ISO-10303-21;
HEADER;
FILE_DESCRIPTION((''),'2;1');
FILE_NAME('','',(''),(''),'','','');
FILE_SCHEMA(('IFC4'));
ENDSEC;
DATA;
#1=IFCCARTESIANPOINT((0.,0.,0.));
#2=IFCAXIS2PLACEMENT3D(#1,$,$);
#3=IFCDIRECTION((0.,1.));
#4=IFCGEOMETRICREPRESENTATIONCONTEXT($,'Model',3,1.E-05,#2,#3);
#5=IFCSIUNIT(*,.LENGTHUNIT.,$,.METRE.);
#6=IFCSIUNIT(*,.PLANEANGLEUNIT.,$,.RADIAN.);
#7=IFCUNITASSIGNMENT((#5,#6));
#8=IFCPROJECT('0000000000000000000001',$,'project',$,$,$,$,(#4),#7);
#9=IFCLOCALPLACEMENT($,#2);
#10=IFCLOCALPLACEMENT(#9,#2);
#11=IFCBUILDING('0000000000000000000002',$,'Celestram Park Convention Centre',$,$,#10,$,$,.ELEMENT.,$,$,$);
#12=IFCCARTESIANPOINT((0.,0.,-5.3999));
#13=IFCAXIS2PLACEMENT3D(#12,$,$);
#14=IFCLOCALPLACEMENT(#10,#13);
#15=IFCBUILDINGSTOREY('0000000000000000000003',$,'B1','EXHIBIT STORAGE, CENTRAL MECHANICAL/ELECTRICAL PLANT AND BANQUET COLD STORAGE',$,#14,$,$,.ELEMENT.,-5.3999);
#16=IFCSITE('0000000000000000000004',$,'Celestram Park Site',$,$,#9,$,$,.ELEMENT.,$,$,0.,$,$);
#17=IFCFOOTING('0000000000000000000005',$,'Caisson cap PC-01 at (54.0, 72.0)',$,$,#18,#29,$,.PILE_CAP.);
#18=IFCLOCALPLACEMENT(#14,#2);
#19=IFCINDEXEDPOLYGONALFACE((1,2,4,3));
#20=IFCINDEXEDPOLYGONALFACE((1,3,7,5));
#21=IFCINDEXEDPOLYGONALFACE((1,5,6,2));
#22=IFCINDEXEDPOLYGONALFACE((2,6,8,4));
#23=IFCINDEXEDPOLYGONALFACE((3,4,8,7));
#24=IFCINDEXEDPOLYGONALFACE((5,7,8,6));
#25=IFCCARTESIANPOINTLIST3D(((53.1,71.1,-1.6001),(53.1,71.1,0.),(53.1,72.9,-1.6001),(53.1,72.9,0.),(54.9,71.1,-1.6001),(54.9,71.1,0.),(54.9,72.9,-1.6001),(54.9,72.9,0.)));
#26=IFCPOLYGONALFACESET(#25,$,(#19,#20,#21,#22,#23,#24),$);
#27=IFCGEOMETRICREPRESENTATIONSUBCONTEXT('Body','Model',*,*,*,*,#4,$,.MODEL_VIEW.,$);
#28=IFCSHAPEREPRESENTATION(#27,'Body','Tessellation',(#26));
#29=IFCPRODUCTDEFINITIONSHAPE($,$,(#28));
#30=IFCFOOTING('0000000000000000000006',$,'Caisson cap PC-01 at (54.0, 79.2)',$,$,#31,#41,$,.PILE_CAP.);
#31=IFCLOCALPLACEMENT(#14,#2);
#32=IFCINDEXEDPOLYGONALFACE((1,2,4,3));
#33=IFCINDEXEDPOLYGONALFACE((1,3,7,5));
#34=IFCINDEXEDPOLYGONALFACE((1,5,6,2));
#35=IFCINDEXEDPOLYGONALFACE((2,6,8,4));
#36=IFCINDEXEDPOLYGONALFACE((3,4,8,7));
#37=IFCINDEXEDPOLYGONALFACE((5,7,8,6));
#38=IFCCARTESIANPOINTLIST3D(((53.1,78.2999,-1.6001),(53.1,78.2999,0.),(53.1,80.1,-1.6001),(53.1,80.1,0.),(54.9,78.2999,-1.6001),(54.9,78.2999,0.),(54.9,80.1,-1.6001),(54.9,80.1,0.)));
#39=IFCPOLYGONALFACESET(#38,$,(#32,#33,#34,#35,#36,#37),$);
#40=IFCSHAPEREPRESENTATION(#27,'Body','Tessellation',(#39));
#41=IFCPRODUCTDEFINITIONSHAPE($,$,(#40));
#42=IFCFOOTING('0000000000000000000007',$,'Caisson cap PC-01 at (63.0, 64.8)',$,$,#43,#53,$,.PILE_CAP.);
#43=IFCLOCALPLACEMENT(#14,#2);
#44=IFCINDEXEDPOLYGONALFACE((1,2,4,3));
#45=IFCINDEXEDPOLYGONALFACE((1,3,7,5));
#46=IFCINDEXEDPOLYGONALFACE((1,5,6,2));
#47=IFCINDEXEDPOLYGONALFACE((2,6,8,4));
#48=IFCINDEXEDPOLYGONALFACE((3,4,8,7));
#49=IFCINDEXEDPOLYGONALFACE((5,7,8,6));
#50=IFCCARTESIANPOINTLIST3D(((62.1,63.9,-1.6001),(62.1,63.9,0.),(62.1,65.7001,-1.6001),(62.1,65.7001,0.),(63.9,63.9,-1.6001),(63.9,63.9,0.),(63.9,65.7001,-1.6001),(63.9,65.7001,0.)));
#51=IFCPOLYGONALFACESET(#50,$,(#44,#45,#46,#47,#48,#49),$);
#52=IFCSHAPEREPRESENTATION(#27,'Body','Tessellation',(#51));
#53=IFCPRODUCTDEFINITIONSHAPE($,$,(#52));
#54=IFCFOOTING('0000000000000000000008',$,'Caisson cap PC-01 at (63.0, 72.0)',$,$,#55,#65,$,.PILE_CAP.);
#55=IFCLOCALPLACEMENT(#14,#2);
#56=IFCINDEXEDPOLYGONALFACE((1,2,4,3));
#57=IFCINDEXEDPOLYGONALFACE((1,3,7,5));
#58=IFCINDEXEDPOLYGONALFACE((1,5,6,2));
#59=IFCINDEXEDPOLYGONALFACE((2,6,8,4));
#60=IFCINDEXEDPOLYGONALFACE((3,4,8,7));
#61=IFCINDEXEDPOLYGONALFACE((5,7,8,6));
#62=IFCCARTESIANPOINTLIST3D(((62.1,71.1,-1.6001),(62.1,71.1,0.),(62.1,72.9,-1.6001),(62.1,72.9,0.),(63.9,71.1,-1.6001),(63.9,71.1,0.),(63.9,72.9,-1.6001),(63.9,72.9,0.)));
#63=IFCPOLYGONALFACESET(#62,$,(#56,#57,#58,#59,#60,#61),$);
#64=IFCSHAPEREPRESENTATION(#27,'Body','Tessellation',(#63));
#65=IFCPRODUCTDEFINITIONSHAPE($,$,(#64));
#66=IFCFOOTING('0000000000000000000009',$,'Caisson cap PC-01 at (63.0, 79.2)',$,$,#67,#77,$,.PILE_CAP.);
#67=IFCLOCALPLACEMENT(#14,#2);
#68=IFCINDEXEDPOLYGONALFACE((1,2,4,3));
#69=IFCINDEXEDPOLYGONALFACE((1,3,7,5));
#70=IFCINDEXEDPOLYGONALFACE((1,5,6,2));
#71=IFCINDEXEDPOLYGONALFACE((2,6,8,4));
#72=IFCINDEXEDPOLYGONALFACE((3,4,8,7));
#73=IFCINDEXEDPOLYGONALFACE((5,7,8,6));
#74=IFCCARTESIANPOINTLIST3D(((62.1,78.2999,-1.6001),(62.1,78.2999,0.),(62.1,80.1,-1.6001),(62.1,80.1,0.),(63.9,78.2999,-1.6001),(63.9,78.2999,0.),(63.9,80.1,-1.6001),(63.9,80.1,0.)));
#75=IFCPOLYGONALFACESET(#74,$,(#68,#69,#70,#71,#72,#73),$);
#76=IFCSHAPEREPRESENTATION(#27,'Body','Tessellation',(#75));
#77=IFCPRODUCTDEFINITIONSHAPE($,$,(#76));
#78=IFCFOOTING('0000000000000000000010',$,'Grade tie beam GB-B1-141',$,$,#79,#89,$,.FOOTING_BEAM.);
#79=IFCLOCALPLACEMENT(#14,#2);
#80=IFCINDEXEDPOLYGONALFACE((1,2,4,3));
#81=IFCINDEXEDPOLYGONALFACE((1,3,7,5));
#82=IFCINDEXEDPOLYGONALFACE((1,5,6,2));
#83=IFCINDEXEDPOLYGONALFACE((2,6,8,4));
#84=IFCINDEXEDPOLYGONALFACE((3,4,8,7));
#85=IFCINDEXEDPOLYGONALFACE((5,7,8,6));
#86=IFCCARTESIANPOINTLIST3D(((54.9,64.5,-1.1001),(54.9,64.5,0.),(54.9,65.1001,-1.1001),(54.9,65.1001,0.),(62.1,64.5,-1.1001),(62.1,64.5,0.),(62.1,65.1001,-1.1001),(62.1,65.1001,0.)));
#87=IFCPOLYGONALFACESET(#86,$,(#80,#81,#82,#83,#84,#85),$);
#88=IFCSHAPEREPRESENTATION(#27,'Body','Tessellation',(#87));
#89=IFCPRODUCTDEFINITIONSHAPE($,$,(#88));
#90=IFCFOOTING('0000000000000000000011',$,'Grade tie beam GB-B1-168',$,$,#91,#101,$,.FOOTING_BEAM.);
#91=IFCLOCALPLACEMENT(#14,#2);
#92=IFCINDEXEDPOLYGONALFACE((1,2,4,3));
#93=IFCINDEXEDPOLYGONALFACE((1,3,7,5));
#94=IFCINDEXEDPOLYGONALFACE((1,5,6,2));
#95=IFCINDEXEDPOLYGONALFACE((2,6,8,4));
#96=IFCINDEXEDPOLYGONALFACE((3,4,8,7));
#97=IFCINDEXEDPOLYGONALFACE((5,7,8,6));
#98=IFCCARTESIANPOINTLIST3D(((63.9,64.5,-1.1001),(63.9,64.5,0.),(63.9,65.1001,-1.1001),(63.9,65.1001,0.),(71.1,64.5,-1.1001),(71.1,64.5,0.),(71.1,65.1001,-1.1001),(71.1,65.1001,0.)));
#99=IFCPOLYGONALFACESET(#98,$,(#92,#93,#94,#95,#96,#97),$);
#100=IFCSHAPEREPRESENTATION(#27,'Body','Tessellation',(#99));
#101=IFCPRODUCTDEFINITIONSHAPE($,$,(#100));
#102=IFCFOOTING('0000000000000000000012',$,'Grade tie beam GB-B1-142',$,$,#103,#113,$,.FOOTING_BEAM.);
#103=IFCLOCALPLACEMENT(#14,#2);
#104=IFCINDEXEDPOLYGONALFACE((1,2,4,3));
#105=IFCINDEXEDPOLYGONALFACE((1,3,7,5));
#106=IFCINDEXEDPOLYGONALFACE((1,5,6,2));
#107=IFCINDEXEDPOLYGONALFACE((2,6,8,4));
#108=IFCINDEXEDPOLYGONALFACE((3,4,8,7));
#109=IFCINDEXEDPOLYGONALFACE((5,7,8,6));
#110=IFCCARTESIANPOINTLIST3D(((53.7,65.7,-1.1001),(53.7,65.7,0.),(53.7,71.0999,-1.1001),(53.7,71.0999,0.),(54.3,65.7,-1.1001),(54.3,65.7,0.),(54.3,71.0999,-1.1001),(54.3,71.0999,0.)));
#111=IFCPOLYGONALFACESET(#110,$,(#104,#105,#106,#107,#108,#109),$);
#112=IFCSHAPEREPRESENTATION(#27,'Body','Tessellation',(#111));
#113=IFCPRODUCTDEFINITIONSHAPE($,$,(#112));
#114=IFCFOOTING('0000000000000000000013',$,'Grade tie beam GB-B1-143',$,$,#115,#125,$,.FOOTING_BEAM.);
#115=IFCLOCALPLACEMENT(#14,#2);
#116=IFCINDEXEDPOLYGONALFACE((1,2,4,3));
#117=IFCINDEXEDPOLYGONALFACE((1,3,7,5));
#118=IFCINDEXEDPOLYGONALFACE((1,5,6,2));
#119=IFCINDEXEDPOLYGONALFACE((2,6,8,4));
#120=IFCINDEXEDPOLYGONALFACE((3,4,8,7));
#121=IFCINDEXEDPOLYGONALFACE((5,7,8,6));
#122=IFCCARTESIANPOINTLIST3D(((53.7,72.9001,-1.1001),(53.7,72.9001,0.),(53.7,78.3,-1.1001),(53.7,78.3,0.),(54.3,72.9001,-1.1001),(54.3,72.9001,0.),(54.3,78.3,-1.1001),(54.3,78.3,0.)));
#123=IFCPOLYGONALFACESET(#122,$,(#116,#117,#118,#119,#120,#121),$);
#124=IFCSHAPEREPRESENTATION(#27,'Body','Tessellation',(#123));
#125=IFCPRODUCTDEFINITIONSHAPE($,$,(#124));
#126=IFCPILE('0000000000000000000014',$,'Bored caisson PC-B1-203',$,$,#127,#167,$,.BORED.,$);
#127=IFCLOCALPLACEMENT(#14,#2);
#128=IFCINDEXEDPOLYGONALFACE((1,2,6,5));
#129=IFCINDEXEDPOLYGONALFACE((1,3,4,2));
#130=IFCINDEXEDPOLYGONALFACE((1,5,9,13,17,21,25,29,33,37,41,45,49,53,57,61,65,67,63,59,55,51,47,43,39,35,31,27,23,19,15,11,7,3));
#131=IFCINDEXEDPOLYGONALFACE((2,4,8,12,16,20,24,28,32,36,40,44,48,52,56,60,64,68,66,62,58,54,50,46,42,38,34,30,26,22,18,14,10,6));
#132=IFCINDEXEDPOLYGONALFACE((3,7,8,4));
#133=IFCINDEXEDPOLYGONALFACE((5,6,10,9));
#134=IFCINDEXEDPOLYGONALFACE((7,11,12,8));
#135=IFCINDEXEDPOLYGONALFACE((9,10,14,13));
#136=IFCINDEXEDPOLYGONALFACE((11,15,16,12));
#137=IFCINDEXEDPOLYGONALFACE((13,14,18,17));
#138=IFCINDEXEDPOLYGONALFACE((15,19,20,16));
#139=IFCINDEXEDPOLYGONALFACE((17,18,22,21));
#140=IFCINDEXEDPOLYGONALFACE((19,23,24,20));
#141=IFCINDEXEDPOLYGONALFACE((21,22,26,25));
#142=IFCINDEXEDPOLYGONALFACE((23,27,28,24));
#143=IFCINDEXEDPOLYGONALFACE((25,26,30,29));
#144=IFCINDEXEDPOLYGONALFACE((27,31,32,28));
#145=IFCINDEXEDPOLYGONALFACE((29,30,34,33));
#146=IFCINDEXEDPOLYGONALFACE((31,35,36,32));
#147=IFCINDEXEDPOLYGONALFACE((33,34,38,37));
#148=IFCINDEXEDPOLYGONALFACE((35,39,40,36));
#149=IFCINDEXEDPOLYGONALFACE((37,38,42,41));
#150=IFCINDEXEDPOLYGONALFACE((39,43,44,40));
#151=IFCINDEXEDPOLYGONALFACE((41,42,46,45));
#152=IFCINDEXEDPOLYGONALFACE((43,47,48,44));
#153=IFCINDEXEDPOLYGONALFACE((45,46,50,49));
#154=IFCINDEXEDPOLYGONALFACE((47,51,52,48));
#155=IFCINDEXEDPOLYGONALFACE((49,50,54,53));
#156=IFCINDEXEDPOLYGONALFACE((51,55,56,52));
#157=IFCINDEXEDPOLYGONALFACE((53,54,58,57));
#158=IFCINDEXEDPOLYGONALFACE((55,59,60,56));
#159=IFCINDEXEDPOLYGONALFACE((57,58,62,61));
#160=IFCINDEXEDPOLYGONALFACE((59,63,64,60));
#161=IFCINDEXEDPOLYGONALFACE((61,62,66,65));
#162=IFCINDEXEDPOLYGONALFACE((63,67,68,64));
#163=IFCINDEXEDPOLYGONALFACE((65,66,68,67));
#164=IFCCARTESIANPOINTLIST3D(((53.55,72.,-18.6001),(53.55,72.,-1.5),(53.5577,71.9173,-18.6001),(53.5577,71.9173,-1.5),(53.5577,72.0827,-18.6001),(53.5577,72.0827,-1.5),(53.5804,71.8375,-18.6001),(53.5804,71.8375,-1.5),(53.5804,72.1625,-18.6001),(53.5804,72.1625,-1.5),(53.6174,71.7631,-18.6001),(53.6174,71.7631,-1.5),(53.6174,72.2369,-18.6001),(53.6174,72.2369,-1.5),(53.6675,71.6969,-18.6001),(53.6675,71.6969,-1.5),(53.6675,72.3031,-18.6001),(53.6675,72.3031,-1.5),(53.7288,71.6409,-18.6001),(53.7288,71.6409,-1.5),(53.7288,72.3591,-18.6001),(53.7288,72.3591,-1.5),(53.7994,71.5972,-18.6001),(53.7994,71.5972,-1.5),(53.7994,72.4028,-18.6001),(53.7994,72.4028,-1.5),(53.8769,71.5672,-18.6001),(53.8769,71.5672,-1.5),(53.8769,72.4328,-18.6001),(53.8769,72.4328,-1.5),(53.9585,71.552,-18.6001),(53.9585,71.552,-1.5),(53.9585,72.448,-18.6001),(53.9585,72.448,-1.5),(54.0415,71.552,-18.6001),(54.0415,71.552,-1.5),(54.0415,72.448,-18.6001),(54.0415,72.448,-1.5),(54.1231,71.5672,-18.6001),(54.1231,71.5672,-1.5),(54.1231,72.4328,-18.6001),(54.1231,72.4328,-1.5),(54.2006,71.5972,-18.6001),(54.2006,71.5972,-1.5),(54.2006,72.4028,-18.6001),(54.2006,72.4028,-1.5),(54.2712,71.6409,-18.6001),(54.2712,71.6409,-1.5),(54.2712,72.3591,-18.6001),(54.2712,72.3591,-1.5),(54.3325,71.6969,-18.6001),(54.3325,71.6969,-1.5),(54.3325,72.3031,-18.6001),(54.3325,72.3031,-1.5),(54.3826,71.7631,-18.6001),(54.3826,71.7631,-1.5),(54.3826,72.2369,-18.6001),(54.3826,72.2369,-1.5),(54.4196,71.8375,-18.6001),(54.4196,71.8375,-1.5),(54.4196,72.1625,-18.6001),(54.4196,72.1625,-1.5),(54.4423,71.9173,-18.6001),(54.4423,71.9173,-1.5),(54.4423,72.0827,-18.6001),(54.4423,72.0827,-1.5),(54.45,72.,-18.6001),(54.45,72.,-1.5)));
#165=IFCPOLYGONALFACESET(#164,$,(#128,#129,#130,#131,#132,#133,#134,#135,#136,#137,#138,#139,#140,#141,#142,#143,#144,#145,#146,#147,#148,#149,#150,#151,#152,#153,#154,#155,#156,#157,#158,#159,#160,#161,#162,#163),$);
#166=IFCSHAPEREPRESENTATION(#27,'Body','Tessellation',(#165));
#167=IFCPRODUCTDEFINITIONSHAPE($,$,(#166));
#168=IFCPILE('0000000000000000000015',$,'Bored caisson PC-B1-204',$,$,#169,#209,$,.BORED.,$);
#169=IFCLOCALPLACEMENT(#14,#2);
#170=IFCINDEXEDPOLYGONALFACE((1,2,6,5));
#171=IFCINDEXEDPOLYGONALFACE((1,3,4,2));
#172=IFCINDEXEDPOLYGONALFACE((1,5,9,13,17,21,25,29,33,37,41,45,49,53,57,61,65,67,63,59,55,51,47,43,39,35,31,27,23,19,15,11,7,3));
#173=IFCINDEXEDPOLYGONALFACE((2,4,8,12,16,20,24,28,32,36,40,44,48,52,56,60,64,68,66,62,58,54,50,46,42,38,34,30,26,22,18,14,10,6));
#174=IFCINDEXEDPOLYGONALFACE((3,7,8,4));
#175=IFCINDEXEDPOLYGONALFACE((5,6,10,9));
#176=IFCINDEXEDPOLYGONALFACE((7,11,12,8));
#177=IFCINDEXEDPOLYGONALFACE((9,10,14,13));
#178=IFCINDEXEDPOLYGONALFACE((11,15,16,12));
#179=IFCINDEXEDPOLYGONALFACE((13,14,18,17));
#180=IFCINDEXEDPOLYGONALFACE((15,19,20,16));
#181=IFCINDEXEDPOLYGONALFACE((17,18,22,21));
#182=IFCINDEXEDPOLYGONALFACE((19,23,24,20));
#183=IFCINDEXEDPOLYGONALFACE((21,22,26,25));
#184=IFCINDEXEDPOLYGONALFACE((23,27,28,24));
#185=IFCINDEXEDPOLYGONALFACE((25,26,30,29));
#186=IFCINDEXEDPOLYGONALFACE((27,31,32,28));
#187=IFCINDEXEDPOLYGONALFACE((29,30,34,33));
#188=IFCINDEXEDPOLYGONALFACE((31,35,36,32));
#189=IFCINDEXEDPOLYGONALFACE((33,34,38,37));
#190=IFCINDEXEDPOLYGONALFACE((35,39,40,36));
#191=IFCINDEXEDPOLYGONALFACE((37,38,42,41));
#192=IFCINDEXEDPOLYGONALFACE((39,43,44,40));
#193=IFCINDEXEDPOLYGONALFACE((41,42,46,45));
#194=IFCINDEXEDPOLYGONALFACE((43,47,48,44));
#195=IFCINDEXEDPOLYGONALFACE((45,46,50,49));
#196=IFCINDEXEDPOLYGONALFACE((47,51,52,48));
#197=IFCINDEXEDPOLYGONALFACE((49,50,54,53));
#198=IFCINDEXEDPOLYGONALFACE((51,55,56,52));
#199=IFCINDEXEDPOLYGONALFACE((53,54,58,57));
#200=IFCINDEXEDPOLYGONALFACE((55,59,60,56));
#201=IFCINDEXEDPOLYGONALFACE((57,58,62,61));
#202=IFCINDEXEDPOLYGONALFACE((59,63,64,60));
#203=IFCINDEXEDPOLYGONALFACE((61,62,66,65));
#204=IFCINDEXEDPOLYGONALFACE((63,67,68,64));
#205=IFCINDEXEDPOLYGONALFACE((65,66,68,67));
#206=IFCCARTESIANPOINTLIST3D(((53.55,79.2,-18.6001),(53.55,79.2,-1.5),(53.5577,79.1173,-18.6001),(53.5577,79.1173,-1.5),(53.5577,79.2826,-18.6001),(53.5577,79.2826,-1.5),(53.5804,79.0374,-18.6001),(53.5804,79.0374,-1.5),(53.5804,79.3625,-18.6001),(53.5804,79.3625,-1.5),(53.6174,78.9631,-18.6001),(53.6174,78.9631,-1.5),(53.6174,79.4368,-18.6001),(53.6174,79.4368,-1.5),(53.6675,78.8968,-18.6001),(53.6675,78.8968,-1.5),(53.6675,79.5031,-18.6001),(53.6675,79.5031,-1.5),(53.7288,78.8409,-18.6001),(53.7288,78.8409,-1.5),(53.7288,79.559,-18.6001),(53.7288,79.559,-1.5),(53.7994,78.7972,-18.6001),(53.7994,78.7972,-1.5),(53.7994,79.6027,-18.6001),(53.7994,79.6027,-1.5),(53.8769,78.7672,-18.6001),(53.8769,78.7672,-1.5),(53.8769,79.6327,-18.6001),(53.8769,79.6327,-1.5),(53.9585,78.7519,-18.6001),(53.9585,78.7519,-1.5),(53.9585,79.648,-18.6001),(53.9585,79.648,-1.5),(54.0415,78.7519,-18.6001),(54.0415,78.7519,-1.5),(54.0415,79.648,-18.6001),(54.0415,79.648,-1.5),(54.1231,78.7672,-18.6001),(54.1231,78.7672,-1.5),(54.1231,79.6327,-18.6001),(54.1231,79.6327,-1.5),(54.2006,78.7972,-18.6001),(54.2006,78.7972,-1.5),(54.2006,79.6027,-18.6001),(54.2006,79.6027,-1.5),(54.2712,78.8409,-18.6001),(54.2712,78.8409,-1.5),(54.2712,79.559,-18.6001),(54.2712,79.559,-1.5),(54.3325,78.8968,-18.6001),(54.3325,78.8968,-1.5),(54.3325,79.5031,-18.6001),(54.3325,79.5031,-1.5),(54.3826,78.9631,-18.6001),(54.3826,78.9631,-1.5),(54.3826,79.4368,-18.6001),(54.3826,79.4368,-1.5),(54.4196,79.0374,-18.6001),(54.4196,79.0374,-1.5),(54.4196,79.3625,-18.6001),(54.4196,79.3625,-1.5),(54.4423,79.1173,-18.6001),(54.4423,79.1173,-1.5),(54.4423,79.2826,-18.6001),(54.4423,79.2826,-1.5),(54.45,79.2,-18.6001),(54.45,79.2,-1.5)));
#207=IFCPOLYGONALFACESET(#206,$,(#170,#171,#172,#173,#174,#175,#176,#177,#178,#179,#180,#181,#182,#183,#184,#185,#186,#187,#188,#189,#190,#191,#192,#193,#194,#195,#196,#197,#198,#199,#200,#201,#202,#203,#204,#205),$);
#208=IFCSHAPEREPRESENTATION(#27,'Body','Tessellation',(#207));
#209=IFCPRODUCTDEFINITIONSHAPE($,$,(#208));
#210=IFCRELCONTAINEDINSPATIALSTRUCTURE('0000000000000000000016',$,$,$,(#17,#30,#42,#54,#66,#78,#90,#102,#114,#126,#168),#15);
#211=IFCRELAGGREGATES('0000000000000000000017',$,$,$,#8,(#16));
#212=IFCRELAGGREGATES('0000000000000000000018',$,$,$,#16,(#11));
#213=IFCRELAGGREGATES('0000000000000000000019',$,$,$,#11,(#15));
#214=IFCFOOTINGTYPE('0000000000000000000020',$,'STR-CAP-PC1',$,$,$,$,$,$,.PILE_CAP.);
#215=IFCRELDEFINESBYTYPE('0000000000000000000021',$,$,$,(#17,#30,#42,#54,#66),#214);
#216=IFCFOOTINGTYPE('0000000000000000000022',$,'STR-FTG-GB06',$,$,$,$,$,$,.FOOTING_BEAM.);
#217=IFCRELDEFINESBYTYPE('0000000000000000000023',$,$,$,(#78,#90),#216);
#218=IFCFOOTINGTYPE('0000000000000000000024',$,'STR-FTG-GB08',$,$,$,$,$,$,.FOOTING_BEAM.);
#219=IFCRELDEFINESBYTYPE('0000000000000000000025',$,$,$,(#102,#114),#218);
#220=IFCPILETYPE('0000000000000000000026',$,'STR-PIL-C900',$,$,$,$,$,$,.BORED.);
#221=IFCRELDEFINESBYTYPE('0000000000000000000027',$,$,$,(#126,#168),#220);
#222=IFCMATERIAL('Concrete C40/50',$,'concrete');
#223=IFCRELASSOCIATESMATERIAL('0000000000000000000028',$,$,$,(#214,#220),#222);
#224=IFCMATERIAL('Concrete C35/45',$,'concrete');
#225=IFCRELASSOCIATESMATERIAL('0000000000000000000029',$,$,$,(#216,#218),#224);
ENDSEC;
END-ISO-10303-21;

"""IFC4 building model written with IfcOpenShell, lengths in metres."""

from ifc_helpers import new_model, si_unit, direction, frame, origin, origin_2d, place, context, subcontext, project, spatial, rectangle, circle, extrude, material, material_profile, profile_set, type_object, element, save


model = new_model("IFC4")

# Units and contexts
model_context = context("Model", 3, precision=1e-05, world=origin(), true_north=direction((0.0, 1.0)))
body_context = subcontext(model_context, "Body", "Model", "MODEL_VIEW")
ifc_project = project(units=[si_unit("LENGTHUNIT", "METRE"), si_unit("PLANEANGLEUNIT", "RADIAN")], contexts=[model_context])

# Site, building, storey
site_placement = place(None, origin())
site = spatial("IfcSite", under=ifc_project, at=site_placement, Name="Celestram Park Site", CompositionType="ELEMENT", RefElevation=0.0)
building_placement = place(site_placement, origin())
building = spatial("IfcBuilding", under=site, at=building_placement, Name="Celestram Park Convention Centre", CompositionType="ELEMENT")
storey_placement = place(building_placement, frame((0.0, 0.0, -5.3999)))
storey = spatial("IfcBuildingStorey", under=building, at=storey_placement, Name="B1", Description="EXHIBIT STORAGE, CENTRAL MECHANICAL/ELECTRICAL PLANT AND BANQUET COLD STORAGE", CompositionType="ELEMENT", Elevation=-5.3999)

# Footings
ifc_material_1 = material(Name="Concrete C40/50", Category="concrete")
footing_type_1 = type_object("IfcFootingType", Name="STR-CAP-PC1", PredefinedType="PILE_CAP", material=ifc_material_1)
for number, where, z_axis, x_axis, name in (
    (1, (54.0, 72.0, -1.6001), (0.0, 0.0, 1.0), (1.0, 0.0, 0.0), "Caisson cap PC-01 at (54.0, 72.0)"),
    (2, (54.0, 79.2, -1.6001), (0.0, 0.0, 1.0), (1.0, 0.0, 0.0), "Caisson cap PC-01 at (54.0, 79.2)"),
    (3, (63.0, 64.8, -1.6001), (0.0, 0.0, 1.0), (1.0, 0.0, 0.0), "Caisson cap PC-01 at (63.0, 64.8)"),
    (4, (63.0, 72.0, -1.6001), (0.0, 0.0, 1.0), (1.0, 0.0, 0.0), "Caisson cap PC-01 at (63.0, 72.0)"),
    (5, (63.0, 79.2, -1.6001), (0.0, 0.0, 1.0), (1.0, 0.0, 0.0), "Caisson cap PC-01 at (63.0, 79.2)"),
):
    element("IfcFooting", number, at=place(storey_placement, frame(where, z_axis=z_axis, x_axis=x_axis)), inside=storey, type_object=footing_type_1, Name=name, PredefinedType="PILE_CAP", context=body_context, shape_type="SweptSolid", body=[
        extrude(rectangle(XDim=1.8, YDim=1.8, at=origin_2d()), origin(), (0.0, 0.0, 1.0), 1.6001),
    ])
ifc_material_2 = material(Name="Concrete C35/45", Category="concrete")
footing_type_2 = type_object("IfcFootingType", Name="STR-FTG-GB06", PredefinedType="FOOTING_BEAM", material=ifc_material_2)
for number, where, z_axis, x_axis, name in (
    (6, (58.5, 64.8, -1.1001), (0.0, 0.0, 1.0), (1.0, 0.0, 0.0), "Grade tie beam GB-B1-141"),
    (7, (67.5, 64.8, -1.1001), (0.0, 0.0, 1.0), (1.0, 0.0, 0.0), "Grade tie beam GB-B1-168"),
):
    element("IfcFooting", number, at=place(storey_placement, frame(where, z_axis=z_axis, x_axis=x_axis)), inside=storey, type_object=footing_type_2, Name=name, PredefinedType="FOOTING_BEAM", context=body_context, shape_type="SweptSolid", body=[
        extrude(rectangle(XDim=7.2, YDim=0.6001, at=origin_2d()), origin(), (0.0, 0.0, 1.0), 1.1001),
    ])
footing_type_3 = type_object("IfcFootingType", Name="STR-FTG-GB08", PredefinedType="FOOTING_BEAM", material=ifc_material_2)
for number, where, z_axis, x_axis, name in (
    (8, (54.0, 68.3999, -1.1001), (0.0, 0.0, 1.0), (0.0, 1.0, 0.0), "Grade tie beam GB-B1-142"),
    (9, (54.0, 75.6001, -1.1001), (0.0, 0.0, 1.0), (0.0, 1.0, 0.0), "Grade tie beam GB-B1-143"),
):
    element("IfcFooting", number, at=place(storey_placement, frame(where, z_axis=z_axis, x_axis=x_axis)), inside=storey, type_object=footing_type_3, Name=name, PredefinedType="FOOTING_BEAM", context=body_context, shape_type="SweptSolid", body=[
        extrude(rectangle(XDim=5.3999, YDim=0.6001, at=origin_2d()), origin(), (0.0, 0.0, 1.0), 1.1001),
    ])

# Piles
ifc_material_profile_1 = material_profile(ifc_material_1, circle(Radius=0.45, at=origin_2d()), Name="CAISSON900")
ifc_profile_set_1 = profile_set([ifc_material_profile_1], Name="Concrete C40/50")
pile_type = type_object("IfcPileType", Name="STR-PIL-C900", PredefinedType="BORED", material=ifc_profile_set_1)
for number, where, z_axis, x_axis, name in (
    (10, (54.0, 72.0, -1.5), (0.0, 0.0, -1.0), (1.0, 0.0, 0.0), "Bored caisson PC-B1-203"),
    (11, (54.0, 79.2, -1.5), (0.0, 0.0, -1.0), (1.0, 0.0, 0.0), "Bored caisson PC-B1-204"),
):
    element("IfcPile", number, at=place(storey_placement, frame(where, z_axis=z_axis, x_axis=x_axis)), inside=storey, type_object=pile_type, Name=name, PredefinedType="BORED", context=body_context, shape_type="SweptSolid", body=[
        extrude(circle(Radius=0.45, at=origin_2d()), origin(), (0.0, 0.0, 1.0), 17.1001),
    ])

save(model, "model.ifc")
